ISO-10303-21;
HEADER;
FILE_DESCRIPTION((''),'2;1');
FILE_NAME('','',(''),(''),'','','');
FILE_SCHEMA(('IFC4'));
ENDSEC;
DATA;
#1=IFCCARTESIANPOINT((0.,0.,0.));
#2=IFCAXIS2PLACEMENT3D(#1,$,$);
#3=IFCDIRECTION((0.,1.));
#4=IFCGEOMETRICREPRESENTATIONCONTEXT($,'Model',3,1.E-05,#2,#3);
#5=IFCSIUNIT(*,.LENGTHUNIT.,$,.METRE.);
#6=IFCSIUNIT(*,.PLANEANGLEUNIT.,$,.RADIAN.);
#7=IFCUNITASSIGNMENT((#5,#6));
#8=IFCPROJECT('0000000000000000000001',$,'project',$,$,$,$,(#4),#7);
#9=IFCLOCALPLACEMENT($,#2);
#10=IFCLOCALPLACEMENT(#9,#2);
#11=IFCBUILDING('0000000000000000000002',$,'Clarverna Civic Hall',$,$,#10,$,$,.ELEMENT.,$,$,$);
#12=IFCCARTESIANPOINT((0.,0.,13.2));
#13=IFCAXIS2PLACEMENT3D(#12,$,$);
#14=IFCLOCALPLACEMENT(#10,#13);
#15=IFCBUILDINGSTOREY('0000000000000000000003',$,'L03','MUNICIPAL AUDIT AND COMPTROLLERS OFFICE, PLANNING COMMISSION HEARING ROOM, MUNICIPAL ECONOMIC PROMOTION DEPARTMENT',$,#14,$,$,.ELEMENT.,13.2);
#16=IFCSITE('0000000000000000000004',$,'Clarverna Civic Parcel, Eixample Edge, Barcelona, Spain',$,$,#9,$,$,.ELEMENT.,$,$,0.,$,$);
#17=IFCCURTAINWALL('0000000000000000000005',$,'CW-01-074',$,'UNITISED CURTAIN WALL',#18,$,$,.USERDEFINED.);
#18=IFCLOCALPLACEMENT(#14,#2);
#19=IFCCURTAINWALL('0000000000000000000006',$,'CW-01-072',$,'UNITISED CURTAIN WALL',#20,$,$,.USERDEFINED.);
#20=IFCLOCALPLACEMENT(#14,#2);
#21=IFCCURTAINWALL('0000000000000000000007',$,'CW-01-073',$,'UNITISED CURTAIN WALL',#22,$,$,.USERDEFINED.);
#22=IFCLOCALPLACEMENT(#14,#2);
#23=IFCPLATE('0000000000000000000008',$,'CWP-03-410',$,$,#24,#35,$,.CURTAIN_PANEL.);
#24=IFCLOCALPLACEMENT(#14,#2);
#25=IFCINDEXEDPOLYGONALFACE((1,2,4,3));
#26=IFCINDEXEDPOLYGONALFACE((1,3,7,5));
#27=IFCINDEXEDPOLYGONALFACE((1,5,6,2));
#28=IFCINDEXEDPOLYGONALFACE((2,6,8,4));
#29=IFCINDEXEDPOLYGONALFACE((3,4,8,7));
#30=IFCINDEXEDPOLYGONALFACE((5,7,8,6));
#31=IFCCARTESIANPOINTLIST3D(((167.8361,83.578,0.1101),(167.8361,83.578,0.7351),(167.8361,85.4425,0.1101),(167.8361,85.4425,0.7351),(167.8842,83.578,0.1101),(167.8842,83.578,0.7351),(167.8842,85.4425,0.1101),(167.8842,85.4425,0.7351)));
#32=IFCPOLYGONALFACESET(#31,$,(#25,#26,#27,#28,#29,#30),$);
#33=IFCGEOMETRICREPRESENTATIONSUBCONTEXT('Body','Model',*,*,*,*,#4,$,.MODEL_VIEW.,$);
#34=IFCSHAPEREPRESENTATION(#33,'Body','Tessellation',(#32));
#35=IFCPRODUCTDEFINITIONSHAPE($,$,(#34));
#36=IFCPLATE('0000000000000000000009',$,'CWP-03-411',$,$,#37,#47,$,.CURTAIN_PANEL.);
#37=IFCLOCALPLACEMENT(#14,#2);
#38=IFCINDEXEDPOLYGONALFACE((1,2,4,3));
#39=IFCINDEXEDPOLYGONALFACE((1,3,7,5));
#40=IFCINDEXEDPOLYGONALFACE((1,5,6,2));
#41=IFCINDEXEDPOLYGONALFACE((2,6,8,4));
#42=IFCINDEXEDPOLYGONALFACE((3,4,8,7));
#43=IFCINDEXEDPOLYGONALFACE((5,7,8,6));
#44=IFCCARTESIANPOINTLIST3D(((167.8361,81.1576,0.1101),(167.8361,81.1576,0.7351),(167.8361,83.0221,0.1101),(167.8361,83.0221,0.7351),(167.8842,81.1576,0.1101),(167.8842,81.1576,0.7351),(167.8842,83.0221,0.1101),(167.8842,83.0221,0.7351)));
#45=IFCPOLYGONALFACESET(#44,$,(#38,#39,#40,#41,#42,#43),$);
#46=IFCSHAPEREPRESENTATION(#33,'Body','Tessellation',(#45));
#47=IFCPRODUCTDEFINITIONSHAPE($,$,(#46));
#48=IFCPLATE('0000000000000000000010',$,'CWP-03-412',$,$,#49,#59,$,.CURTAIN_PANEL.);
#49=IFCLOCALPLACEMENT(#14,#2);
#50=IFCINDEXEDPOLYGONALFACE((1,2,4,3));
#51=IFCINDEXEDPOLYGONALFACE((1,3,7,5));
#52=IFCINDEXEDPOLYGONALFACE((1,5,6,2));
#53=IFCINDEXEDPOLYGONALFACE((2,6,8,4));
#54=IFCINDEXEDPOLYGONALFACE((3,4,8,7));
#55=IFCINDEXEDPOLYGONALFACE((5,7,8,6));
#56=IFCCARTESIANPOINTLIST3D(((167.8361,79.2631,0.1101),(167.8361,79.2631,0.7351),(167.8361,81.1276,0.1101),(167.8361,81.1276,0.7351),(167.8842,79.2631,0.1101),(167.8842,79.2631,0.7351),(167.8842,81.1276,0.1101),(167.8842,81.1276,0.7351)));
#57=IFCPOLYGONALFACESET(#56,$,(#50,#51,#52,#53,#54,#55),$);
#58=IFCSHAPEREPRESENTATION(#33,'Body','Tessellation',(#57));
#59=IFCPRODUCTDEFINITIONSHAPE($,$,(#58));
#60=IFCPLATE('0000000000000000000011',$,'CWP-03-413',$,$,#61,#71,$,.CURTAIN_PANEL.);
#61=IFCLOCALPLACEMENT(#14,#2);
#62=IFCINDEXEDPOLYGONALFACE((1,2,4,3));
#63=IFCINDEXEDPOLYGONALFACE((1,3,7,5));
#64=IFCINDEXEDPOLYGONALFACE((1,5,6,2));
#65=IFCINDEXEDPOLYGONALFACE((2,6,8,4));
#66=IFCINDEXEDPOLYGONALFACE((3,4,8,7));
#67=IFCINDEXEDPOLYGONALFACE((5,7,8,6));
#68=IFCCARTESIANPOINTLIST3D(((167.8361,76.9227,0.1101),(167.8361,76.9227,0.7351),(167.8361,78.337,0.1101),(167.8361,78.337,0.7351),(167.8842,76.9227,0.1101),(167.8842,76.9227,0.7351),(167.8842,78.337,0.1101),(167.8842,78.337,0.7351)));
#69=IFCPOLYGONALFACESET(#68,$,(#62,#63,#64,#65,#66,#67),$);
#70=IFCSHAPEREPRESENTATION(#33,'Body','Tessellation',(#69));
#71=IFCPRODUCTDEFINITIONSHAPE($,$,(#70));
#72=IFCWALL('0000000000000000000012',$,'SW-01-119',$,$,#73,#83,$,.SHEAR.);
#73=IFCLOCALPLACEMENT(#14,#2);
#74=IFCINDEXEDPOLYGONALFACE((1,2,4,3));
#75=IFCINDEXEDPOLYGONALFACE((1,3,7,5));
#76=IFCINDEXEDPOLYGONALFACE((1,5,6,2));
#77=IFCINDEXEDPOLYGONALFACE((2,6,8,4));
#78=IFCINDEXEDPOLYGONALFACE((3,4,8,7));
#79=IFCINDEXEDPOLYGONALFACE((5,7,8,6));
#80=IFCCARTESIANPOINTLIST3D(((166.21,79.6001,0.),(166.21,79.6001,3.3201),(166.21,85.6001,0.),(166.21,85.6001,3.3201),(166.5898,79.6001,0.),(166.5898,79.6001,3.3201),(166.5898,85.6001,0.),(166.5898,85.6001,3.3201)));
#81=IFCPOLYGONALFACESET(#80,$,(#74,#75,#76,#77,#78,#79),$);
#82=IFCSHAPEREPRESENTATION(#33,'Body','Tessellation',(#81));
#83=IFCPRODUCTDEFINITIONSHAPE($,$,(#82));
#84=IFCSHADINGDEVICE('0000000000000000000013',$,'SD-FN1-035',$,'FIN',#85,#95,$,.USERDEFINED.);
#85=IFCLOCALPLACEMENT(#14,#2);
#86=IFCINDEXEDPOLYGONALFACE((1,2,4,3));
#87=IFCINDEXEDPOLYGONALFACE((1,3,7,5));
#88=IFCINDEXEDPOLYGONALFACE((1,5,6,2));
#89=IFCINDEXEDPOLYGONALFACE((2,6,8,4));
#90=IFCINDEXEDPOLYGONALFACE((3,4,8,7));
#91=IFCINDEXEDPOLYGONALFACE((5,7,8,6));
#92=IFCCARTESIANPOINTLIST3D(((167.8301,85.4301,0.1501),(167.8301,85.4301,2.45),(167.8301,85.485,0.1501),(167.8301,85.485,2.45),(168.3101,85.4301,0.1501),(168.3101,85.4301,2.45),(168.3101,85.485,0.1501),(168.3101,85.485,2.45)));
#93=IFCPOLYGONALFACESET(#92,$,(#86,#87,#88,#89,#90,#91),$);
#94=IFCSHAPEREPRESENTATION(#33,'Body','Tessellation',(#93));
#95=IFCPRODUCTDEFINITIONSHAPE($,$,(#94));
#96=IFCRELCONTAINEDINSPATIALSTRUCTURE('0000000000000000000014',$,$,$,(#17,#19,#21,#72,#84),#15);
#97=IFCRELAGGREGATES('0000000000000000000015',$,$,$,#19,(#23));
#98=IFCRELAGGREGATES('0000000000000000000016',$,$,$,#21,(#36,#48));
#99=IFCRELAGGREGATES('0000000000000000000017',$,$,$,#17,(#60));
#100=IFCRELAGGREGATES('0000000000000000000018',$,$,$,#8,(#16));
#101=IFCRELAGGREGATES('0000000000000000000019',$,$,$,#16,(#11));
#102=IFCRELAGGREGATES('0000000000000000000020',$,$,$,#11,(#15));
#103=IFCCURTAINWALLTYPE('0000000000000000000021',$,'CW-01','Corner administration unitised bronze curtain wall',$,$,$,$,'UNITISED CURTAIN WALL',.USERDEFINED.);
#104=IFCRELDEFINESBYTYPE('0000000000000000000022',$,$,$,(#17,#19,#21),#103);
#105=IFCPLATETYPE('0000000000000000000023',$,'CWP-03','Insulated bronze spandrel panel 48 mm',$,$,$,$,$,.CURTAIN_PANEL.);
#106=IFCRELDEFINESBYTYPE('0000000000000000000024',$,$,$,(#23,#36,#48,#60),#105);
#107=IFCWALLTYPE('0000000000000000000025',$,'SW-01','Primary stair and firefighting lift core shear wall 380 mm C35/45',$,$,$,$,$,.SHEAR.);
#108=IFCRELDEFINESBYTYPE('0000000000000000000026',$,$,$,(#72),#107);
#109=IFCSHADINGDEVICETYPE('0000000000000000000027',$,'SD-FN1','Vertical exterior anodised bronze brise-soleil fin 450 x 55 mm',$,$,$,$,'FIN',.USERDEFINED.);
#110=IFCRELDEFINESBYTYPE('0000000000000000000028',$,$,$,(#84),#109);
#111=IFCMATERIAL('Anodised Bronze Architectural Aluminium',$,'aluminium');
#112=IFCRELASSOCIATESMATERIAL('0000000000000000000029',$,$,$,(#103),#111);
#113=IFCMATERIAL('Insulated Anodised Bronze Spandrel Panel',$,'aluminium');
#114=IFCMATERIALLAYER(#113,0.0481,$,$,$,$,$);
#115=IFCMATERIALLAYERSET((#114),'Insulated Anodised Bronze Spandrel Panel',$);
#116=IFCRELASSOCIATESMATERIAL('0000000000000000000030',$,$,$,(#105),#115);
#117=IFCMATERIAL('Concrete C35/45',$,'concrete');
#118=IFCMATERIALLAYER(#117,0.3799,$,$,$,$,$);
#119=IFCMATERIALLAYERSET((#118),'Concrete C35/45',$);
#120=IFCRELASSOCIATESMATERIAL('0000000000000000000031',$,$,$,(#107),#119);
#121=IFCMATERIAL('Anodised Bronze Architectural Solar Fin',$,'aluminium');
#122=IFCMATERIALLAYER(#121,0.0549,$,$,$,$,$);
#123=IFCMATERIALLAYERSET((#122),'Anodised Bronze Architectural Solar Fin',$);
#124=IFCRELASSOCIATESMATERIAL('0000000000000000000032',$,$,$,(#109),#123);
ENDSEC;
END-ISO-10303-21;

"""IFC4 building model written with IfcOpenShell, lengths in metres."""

from ifc_helpers import new_model, si_unit, direction, frame, frame_2d, origin, place, context, subcontext, project, spatial, rectangle, extrude, material, layer, layer_set, type_object, element, aggregate, save


model = new_model("IFC4")

# Units and contexts
model_context = context("Model", 3, precision=1e-05, world=origin(), true_north=direction((0.0, 1.0)))
body_context = subcontext(model_context, "Body", "Model", "MODEL_VIEW")
ifc_project = project(units=[si_unit("LENGTHUNIT", "METRE"), si_unit("PLANEANGLEUNIT", "RADIAN")], contexts=[model_context])

# Site, building, storey
site_placement = place(None, origin())
site = spatial("IfcSite", under=ifc_project, at=site_placement, Name="Clarverna Civic Parcel, Eixample Edge, Barcelona, Spain", CompositionType="ELEMENT", RefElevation=0.0)
building_placement = place(site_placement, origin())
building = spatial("IfcBuilding", under=site, at=building_placement, Name="Clarverna Civic Hall", CompositionType="ELEMENT")
storey_placement = place(building_placement, frame((0.0, 0.0, 13.2)))
storey = spatial("IfcBuildingStorey", under=building, at=storey_placement, Name="L03", Description="MUNICIPAL AUDIT AND COMPTROLLERS OFFICE, PLANNING COMMISSION HEARING ROOM, MUNICIPAL ECONOMIC PROMOTION DEPARTMENT", CompositionType="ELEMENT", Elevation=13.2)

# Shared definitions
ifc_material_1 = material(Name="Concrete C35/45", Category="concrete")

# Curtain walls
ifc_material_2 = material(Name="Anodised Bronze Architectural Aluminium", Category="aluminium")
curtain_wall_type = type_object("IfcCurtainWallType", Name="CW-01", Description="Corner administration unitised bronze curtain wall", ElementType="UNITISED CURTAIN WALL", PredefinedType="USERDEFINED", material=ifc_material_2)
curtain_wall_1_placement = place(storey_placement, origin())
curtain_wall_1 = element("IfcCurtainWall", 1, at=curtain_wall_1_placement, inside=storey, type_object=curtain_wall_type, Name="CW-01-074", ObjectType="UNITISED CURTAIN WALL", PredefinedType="USERDEFINED")
curtain_wall_2_placement = place(storey_placement, origin())
curtain_wall_2 = element("IfcCurtainWall", 2, at=curtain_wall_2_placement, inside=storey, type_object=curtain_wall_type, Name="CW-01-072", ObjectType="UNITISED CURTAIN WALL", PredefinedType="USERDEFINED")
curtain_wall_3_placement = place(storey_placement, origin())
curtain_wall_3 = element("IfcCurtainWall", 3, at=curtain_wall_3_placement, inside=storey, type_object=curtain_wall_type, Name="CW-01-073", ObjectType="UNITISED CURTAIN WALL", PredefinedType="USERDEFINED")

# Plates
ifc_material_3 = material(Name="Insulated Anodised Bronze Spandrel Panel", Category="aluminium")
ifc_layer_1 = layer(ifc_material_3, 0.0481)
ifc_layer_set_1 = layer_set([ifc_layer_1], Name="Insulated Anodised Bronze Spandrel Panel")
plate_type_1 = type_object("IfcPlateType", Name="CWP-03", Description="Insulated bronze spandrel panel 48 mm", PredefinedType="CURTAIN_PANEL", material=ifc_layer_set_1)
plate_1_placement = place(storey_placement, frame((167.8601, 85.4424, 0.1101), z_axis=(0.0, 0.0, 1.0), x_axis=(0.0, -1.0, 0.0)))
plate_1 = element("IfcPlate", 4, at=plate_1_placement, type_object=plate_type_1, Name="CWP-03-410", PredefinedType="CURTAIN_PANEL", context=body_context, shape_type="SweptSolid", body=[
    extrude(rectangle(XDim=1.8645, YDim=0.0481, at=frame_2d((0.9321, 0.0))), origin(), (0.0, 0.0, 1.0), 0.625),
])
aggregate(curtain_wall_2, [plate_1])
plate_2_placement = place(storey_placement, frame((167.8601, 83.022, 0.1101), z_axis=(0.0, 0.0, 1.0), x_axis=(0.0, -1.0, 0.0)))
plate_2 = element("IfcPlate", 5, at=plate_2_placement, type_object=plate_type_1, Name="CWP-03-411", PredefinedType="CURTAIN_PANEL", context=body_context, shape_type="SweptSolid", body=[
    extrude(rectangle(XDim=1.8645, YDim=0.0481, at=frame_2d((0.9321, 0.0))), origin(), (0.0, 0.0, 1.0), 0.625),
])
plate_3_placement = place(storey_placement, frame((167.8601, 81.1274, 0.1101), z_axis=(0.0, 0.0, 1.0), x_axis=(0.0, -1.0, 0.0)))
plate_3 = element("IfcPlate", 6, at=plate_3_placement, type_object=plate_type_1, Name="CWP-03-412", PredefinedType="CURTAIN_PANEL", context=body_context, shape_type="SweptSolid", body=[
    extrude(rectangle(XDim=1.8645, YDim=0.0481, at=frame_2d((0.9321, 0.0))), origin(), (0.0, 0.0, 1.0), 0.625),
])
aggregate(curtain_wall_3, [plate_2, plate_3])
plate_4_placement = place(storey_placement, frame((167.8601, 78.3369, 0.1101), z_axis=(0.0, 0.0, 1.0), x_axis=(0.0, -1.0, 0.0)))
plate_4 = element("IfcPlate", 7, at=plate_4_placement, type_object=plate_type_1, Name="CWP-03-413", PredefinedType="CURTAIN_PANEL", context=body_context, shape_type="SweptSolid", body=[
    extrude(rectangle(XDim=1.4143, YDim=0.0481, at=frame_2d((0.707, 0.0))), origin(), (0.0, 0.0, 1.0), 0.625),
])
aggregate(curtain_wall_1, [plate_4])

# Wall
ifc_layer_2 = layer(ifc_material_1, 0.3799)
ifc_layer_set_2 = layer_set([ifc_layer_2], Name="Concrete C35/45")
wall_type = type_object("IfcWallType", Name="SW-01", Description="Primary stair and firefighting lift core shear wall 380 mm C35/45", PredefinedType="SHEAR", material=ifc_layer_set_2)
wall_placement = place(storey_placement, frame((166.3999, 79.6001, 0.0), z_axis=(0.0, 0.0, 1.0), x_axis=(0.0, 1.0, 0.0)))
element("IfcWall", 8, at=wall_placement, inside=storey, type_object=wall_type, Name="SW-01-119", PredefinedType="SHEAR", context=body_context, shape_type="SweptSolid", body=[
    extrude(rectangle(XDim=6.0, YDim=0.3799, at=frame_2d((3.0, 0.0))), origin(), (0.0, 0.0, 1.0), 3.3201),
])

# Shading device
ifc_material_4 = material(Name="Anodised Bronze Architectural Solar Fin", Category="aluminium")
ifc_layer_3 = layer(ifc_material_4, 0.0549)
ifc_layer_set_3 = layer_set([ifc_layer_3], Name="Anodised Bronze Architectural Solar Fin")
shading_device_type = type_object("IfcShadingDeviceType", Name="SD-FN1", Description="Vertical exterior anodised bronze brise-soleil fin 450 x 55 mm", ElementType="FIN", PredefinedType="USERDEFINED", material=ifc_layer_set_3)
shading_device_placement = place(storey_placement, frame((167.8301, 85.4575, 0.1501), z_axis=(0.0, 0.0, 1.0), x_axis=(1.0, 0.0, 0.0)))
element("IfcShadingDevice", 9, at=shading_device_placement, inside=storey, type_object=shading_device_type, Name="SD-FN1-035", ObjectType="FIN", PredefinedType="USERDEFINED", context=body_context, shape_type="SweptSolid", body=[
    extrude(rectangle(XDim=0.48, YDim=0.0549, at=frame_2d((0.24, 0.0))), origin(), (0.0, 0.0, 1.0), 2.2998),
])

save(model, "model.ifc")
